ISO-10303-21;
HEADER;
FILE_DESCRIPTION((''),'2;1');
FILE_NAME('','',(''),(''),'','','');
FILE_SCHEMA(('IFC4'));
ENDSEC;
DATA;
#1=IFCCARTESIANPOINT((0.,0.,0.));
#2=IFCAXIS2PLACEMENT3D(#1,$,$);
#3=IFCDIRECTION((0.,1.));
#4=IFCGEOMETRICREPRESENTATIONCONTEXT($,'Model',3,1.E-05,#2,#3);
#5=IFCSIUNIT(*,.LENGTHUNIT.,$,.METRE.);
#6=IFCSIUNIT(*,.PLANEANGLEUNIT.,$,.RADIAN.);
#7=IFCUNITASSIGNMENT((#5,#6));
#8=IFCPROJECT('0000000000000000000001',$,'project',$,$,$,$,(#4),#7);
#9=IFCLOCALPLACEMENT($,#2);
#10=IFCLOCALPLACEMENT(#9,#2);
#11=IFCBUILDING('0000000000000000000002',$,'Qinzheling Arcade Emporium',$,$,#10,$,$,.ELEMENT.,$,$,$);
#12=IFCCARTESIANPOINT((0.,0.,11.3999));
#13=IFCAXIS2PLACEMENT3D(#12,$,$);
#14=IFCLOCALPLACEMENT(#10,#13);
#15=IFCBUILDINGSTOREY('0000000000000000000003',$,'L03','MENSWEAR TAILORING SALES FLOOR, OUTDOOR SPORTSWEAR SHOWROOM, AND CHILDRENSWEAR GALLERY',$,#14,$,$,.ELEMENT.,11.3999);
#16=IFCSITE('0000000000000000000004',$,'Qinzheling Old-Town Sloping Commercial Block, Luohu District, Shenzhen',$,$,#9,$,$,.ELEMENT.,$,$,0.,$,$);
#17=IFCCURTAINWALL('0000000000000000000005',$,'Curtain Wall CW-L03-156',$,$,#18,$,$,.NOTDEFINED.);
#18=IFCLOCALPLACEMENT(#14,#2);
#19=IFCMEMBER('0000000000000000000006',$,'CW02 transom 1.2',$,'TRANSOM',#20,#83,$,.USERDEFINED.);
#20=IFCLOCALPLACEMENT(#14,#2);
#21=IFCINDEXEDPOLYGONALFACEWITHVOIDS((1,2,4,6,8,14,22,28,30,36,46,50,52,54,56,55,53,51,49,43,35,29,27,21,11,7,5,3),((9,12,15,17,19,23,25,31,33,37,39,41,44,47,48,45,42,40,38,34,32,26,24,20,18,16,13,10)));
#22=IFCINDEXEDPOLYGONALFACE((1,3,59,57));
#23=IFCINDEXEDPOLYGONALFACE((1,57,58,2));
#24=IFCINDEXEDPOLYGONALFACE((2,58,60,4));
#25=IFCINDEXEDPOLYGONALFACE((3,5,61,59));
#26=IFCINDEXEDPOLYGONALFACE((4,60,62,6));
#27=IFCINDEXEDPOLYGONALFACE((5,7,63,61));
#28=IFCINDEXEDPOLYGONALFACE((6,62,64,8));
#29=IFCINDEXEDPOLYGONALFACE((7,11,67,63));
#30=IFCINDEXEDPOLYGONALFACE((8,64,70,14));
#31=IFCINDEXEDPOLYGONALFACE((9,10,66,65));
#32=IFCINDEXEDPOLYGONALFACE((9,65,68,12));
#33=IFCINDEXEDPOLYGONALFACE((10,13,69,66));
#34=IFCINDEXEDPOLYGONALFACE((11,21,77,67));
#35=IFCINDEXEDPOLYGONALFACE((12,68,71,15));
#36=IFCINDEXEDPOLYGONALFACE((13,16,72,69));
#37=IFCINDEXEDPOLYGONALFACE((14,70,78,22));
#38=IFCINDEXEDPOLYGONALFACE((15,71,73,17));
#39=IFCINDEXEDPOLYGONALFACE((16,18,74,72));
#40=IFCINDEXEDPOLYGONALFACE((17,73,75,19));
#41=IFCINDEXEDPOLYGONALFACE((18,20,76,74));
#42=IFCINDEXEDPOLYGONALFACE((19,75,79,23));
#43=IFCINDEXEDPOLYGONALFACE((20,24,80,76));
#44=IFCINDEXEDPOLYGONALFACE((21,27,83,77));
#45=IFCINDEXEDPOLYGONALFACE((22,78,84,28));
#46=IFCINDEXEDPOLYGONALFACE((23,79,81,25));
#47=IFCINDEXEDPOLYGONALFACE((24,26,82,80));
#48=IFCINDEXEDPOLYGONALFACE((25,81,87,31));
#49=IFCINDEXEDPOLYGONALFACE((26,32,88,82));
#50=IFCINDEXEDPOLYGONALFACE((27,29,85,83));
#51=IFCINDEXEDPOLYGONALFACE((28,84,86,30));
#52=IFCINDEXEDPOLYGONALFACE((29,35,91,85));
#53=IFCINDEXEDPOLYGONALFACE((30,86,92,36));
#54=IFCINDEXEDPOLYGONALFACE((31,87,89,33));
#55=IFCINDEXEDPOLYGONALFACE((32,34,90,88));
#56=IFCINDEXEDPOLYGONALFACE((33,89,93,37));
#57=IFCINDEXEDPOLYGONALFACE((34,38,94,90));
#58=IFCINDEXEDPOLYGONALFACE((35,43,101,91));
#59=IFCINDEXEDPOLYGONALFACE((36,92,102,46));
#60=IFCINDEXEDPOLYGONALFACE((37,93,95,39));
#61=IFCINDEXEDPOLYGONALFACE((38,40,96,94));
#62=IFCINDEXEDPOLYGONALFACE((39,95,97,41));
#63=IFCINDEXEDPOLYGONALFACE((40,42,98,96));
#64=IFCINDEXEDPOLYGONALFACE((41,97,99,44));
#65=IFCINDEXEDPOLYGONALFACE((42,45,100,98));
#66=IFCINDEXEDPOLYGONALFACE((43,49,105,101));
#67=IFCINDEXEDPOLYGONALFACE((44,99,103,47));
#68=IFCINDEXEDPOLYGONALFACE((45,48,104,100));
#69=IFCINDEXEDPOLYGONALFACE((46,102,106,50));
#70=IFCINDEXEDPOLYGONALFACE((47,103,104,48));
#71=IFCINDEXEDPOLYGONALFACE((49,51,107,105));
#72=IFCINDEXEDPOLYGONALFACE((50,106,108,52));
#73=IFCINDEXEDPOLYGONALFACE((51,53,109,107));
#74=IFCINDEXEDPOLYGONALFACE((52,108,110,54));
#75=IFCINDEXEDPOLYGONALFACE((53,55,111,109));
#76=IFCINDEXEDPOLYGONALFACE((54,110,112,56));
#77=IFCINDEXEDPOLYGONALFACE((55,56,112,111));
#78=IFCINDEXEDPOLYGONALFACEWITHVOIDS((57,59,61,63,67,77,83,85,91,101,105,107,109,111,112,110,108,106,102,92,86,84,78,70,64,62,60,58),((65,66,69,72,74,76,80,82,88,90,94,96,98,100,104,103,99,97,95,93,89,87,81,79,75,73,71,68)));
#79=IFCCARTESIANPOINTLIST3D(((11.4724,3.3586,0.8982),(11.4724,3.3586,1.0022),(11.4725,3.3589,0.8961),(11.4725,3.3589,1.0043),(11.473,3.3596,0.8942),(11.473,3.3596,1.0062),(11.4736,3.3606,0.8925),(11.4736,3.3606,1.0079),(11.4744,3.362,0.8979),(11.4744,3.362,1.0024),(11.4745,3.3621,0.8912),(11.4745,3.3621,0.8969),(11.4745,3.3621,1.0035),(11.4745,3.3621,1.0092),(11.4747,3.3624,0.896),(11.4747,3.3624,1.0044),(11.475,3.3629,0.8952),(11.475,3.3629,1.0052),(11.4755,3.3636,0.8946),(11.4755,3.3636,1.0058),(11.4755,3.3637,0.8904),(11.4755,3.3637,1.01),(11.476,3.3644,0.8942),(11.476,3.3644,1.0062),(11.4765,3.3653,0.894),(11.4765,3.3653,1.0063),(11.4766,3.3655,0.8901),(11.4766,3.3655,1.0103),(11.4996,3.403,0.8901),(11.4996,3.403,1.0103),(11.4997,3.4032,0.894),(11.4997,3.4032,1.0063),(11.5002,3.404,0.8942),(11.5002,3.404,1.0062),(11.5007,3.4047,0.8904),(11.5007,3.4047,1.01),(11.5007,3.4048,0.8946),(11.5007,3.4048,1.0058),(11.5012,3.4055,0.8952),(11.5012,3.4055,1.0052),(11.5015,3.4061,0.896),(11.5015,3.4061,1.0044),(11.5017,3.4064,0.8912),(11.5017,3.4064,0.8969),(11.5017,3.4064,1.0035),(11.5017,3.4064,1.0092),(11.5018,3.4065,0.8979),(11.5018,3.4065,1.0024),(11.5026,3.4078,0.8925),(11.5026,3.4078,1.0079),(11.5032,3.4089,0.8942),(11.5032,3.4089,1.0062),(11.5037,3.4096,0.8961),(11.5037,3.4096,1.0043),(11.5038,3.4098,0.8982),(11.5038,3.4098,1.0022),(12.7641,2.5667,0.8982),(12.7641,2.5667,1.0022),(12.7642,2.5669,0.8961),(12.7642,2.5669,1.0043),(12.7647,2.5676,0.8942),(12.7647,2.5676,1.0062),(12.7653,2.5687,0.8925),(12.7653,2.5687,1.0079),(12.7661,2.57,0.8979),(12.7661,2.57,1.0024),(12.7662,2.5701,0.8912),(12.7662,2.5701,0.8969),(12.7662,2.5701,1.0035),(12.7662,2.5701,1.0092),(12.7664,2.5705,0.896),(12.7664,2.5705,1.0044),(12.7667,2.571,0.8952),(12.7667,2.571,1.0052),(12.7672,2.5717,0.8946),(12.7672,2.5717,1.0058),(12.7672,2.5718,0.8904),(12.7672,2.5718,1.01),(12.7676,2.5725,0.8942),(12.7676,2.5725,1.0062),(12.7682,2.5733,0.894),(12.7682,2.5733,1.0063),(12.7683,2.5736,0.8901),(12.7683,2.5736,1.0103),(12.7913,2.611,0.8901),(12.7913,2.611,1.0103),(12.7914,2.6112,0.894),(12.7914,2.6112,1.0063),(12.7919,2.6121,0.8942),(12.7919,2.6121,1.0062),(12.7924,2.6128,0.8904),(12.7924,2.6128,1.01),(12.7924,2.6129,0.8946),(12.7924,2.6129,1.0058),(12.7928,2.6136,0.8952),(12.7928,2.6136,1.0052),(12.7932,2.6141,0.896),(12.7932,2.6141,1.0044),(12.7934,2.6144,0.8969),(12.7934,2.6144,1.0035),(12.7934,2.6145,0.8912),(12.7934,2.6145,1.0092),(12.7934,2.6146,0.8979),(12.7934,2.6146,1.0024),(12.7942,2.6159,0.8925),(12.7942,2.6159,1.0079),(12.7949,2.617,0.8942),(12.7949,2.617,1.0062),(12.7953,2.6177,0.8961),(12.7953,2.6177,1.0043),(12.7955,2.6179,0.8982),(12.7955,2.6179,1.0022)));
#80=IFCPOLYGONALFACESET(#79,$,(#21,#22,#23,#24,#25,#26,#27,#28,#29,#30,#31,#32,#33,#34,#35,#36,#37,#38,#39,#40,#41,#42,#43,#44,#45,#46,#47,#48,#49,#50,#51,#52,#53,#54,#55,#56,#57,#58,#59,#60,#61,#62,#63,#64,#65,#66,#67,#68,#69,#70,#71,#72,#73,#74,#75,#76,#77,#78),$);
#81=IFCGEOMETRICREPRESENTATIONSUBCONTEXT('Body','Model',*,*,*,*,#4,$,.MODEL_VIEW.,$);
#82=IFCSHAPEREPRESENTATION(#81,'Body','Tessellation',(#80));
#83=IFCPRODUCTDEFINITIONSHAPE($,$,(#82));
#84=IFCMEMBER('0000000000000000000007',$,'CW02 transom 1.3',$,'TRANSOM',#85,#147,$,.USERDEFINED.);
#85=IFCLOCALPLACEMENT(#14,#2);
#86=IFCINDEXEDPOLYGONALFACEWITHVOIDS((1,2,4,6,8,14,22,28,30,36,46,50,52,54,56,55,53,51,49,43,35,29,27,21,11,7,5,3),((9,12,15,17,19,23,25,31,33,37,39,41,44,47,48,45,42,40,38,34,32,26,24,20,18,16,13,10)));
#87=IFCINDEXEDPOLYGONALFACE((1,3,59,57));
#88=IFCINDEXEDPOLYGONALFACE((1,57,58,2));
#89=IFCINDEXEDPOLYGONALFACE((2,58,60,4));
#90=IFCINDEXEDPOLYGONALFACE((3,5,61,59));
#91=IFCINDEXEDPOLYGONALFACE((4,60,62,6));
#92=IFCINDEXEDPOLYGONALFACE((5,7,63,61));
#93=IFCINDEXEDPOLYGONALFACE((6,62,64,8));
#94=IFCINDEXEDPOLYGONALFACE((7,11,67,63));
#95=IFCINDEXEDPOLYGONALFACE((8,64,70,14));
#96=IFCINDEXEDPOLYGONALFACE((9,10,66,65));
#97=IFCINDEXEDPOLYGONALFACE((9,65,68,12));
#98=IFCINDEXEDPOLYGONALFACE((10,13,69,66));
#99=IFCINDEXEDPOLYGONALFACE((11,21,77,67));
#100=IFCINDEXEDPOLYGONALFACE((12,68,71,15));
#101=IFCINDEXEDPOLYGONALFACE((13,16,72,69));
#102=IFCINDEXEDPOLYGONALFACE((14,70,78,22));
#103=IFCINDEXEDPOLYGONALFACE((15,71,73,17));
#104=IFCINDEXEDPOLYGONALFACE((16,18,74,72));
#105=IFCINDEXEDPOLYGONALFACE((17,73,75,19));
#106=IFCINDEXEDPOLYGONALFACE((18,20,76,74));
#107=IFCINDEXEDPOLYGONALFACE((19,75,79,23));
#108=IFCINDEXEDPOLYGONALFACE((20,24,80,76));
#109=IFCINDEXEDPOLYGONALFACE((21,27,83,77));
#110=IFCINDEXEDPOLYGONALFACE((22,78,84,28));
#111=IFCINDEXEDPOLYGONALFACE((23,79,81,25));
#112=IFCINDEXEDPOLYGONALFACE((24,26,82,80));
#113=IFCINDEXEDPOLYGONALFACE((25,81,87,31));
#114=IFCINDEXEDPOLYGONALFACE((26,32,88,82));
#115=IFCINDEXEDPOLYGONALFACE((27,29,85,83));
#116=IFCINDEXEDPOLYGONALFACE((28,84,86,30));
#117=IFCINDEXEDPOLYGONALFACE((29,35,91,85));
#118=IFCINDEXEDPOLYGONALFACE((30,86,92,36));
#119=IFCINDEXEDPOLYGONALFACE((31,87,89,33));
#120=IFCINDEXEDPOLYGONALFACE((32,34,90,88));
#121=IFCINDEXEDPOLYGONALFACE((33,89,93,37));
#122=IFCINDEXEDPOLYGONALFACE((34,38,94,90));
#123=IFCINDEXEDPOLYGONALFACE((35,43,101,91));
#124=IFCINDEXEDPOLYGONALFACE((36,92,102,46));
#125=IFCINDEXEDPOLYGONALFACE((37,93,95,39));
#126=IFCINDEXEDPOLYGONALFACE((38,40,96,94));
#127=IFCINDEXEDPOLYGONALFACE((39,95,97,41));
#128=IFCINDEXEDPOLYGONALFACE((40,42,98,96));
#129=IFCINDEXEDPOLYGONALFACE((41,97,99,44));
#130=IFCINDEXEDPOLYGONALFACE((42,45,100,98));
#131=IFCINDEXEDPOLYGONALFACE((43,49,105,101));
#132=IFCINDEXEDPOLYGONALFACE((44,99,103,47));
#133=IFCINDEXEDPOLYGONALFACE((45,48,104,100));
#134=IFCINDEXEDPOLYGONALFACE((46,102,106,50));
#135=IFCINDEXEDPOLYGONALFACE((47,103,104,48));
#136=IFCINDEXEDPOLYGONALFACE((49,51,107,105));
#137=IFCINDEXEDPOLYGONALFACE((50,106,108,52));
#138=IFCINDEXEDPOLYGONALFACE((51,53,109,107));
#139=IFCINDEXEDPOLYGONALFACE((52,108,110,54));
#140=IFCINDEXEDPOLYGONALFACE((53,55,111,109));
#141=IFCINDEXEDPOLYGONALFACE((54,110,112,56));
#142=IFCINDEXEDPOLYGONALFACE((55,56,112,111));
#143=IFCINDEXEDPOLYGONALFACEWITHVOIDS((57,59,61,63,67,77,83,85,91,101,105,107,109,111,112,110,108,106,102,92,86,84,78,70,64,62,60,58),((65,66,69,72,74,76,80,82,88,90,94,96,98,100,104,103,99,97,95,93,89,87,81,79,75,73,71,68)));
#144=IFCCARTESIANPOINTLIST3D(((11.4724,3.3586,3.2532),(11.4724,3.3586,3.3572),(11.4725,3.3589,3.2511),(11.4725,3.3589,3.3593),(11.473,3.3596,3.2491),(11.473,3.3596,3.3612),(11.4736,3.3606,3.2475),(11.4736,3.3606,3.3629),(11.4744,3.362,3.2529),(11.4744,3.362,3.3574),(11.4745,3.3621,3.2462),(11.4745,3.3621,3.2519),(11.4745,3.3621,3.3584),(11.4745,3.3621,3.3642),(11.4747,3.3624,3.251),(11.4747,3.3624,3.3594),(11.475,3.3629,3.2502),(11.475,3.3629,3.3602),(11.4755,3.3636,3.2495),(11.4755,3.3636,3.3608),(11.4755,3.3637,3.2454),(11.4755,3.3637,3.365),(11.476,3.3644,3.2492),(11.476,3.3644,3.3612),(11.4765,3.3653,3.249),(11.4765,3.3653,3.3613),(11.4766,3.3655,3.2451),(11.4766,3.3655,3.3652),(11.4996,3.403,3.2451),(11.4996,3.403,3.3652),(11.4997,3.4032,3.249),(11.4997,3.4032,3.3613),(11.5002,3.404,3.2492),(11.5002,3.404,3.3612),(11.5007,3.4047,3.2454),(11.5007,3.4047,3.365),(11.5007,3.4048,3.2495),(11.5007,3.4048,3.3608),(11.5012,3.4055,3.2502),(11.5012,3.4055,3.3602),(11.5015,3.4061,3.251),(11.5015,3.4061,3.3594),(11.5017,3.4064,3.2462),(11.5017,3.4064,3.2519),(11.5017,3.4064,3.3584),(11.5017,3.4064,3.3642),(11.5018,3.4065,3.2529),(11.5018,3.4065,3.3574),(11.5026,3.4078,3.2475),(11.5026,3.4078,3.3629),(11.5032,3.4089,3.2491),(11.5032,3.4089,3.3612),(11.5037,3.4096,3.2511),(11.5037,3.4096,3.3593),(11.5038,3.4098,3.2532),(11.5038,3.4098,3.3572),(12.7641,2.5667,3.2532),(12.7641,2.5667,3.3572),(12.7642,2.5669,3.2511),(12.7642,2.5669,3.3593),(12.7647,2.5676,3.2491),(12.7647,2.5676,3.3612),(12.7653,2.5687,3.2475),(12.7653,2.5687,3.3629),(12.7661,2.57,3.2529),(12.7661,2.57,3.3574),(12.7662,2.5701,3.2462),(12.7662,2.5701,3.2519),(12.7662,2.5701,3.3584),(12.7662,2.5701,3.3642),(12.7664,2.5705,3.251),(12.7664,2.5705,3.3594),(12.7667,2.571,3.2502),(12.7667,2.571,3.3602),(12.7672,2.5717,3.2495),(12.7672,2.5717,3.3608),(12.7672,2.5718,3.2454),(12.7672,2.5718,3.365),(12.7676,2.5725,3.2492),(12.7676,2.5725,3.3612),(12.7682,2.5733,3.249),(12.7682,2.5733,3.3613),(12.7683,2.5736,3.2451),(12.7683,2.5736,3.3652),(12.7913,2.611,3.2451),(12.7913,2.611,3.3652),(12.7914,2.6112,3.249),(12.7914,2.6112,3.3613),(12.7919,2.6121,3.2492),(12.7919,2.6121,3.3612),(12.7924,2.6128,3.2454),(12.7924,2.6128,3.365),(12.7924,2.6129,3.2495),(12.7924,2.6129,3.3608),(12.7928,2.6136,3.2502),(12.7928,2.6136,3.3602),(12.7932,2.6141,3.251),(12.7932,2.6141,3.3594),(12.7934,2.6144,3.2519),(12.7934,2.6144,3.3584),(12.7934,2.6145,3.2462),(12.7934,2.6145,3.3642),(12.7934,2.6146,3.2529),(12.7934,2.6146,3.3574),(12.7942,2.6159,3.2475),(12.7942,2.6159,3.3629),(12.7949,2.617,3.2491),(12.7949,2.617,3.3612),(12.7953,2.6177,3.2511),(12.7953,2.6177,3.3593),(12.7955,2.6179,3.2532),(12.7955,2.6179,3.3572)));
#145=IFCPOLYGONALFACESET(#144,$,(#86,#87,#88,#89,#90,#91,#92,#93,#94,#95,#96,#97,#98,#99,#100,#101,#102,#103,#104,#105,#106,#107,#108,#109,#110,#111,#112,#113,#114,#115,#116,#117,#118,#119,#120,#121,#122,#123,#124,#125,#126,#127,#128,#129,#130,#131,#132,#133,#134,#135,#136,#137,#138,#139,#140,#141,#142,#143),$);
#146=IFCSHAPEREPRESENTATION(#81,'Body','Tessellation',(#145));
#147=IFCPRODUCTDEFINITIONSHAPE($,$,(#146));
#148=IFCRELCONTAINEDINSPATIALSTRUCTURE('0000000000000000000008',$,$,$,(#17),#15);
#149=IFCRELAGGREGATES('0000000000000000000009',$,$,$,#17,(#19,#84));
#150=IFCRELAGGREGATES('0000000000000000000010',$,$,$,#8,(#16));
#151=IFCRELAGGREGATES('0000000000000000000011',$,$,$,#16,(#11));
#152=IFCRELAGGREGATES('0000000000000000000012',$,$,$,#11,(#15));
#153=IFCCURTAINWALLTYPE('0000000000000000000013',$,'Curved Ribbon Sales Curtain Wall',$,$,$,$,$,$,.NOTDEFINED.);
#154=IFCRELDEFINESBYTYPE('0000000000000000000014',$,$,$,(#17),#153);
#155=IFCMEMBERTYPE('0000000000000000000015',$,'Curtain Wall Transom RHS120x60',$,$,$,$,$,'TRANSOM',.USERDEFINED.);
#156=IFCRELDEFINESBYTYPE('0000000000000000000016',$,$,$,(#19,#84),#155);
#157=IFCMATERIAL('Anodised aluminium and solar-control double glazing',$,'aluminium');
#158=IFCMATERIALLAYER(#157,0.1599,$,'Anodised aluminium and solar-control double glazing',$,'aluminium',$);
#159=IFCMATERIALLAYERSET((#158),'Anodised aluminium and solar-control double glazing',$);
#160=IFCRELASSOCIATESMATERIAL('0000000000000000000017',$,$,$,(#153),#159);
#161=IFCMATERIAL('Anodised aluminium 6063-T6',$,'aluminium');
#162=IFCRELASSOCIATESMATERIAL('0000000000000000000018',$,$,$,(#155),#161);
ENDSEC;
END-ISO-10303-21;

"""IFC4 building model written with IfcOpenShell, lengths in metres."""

from ifc_helpers import new_model, si_unit, direction, frame, origin, origin_2d, place, context, subcontext, project, spatial, hollow_rectangle, extrude, material, layer, layer_set, material_profile, profile_set, type_object, element, aggregate, save


model = new_model("IFC4")

# Units and contexts
model_context = context("Model", 3, precision=1e-05, world=origin(), true_north=direction((0.0, 1.0)))
body_context = subcontext(model_context, "Body", "Model", "MODEL_VIEW")
ifc_project = project(units=[si_unit("LENGTHUNIT", "METRE"), si_unit("PLANEANGLEUNIT", "RADIAN")], contexts=[model_context])

# Site, building, storey
site_placement = place(None, origin())
site = spatial("IfcSite", under=ifc_project, at=site_placement, Name="Qinzheling Old-Town Sloping Commercial Block, Luohu District, Shenzhen", CompositionType="ELEMENT", RefElevation=0.0)
building_placement = place(site_placement, origin())
building = spatial("IfcBuilding", under=site, at=building_placement, Name="Qinzheling Arcade Emporium", CompositionType="ELEMENT")
storey_placement = place(building_placement, frame((0.0, 0.0, 11.3999)))
storey = spatial("IfcBuildingStorey", under=building, at=storey_placement, Name="L03", Description="MENSWEAR TAILORING SALES FLOOR, OUTDOOR SPORTSWEAR SHOWROOM, AND CHILDRENSWEAR GALLERY", CompositionType="ELEMENT", Elevation=11.3999)

# Curtain wall
ifc_material_1 = material(Name="Anodised aluminium and solar-control double glazing", Category="aluminium")
ifc_layer_1 = layer(ifc_material_1, 0.1599, Name="Anodised aluminium and solar-control double glazing", Category="aluminium")
ifc_layer_set_1 = layer_set([ifc_layer_1], Name="Anodised aluminium and solar-control double glazing")
curtain_wall_type = type_object("IfcCurtainWallType", Name="Curved Ribbon Sales Curtain Wall", PredefinedType="NOTDEFINED", material=ifc_layer_set_1)
curtain_wall_1_placement = place(storey_placement, origin())
curtain_wall_1 = element("IfcCurtainWall", 1, at=curtain_wall_1_placement, inside=storey, type_object=curtain_wall_type, Name="Curtain Wall CW-L03-156", PredefinedType="NOTDEFINED")
ifc_material_2 = material(Name="Anodised aluminium 6063-T6", Category="aluminium")

# Members
ifc_material_profile_1 = material_profile(ifc_material_2, hollow_rectangle(XDim=0.0601, YDim=0.1201, WallThickness=0.0039, InnerFilletRadius=0.0039, OuterFilletRadius=0.0081, at=origin_2d()), Name="RHS 120x60x4", Category="aluminium")
ifc_profile_set_1 = profile_set([ifc_material_profile_1], Name="Anodised aluminium 6063-T6")
member_type_1 = type_object("IfcMemberType", Name="Curtain Wall Transom RHS120x60", ElementType="TRANSOM", PredefinedType="USERDEFINED", material=ifc_profile_set_1)
member_1_placement = place(storey_placement, frame((12.7798, 2.5923, 0.9502), z_axis=(-0.85252, 0.522694, 0.0), x_axis=(-0.522694, -0.85252, 0.0)))
member_1 = element("IfcMember", 2, at=member_1_placement, type_object=member_type_1, Name="CW02 transom 1.2", ObjectType="TRANSOM", PredefinedType="USERDEFINED", context=body_context, shape_type="SweptSolid", body=[
    extrude(hollow_rectangle(XDim=0.0601, YDim=0.1201, WallThickness=0.0039, InnerFilletRadius=0.0039, OuterFilletRadius=0.0081, at=origin_2d()), origin(), (0.0, 0.0, 1.0), 1.5151),
])
member_2_placement = place(storey_placement, frame((12.7798, 2.5923, 3.3052), z_axis=(-0.85252, 0.522694, 0.0), x_axis=(-0.522694, -0.85252, 0.0)))
member_2 = element("IfcMember", 3, at=member_2_placement, type_object=member_type_1, Name="CW02 transom 1.3", ObjectType="TRANSOM", PredefinedType="USERDEFINED", context=body_context, shape_type="SweptSolid", body=[
    extrude(hollow_rectangle(XDim=0.0601, YDim=0.1201, WallThickness=0.0039, InnerFilletRadius=0.0039, OuterFilletRadius=0.0081, at=origin_2d()), origin(), (0.0, 0.0, 1.0), 1.5151),
])

aggregate(curtain_wall_1, [member_1, member_2])

save(model, "model.ifc")
